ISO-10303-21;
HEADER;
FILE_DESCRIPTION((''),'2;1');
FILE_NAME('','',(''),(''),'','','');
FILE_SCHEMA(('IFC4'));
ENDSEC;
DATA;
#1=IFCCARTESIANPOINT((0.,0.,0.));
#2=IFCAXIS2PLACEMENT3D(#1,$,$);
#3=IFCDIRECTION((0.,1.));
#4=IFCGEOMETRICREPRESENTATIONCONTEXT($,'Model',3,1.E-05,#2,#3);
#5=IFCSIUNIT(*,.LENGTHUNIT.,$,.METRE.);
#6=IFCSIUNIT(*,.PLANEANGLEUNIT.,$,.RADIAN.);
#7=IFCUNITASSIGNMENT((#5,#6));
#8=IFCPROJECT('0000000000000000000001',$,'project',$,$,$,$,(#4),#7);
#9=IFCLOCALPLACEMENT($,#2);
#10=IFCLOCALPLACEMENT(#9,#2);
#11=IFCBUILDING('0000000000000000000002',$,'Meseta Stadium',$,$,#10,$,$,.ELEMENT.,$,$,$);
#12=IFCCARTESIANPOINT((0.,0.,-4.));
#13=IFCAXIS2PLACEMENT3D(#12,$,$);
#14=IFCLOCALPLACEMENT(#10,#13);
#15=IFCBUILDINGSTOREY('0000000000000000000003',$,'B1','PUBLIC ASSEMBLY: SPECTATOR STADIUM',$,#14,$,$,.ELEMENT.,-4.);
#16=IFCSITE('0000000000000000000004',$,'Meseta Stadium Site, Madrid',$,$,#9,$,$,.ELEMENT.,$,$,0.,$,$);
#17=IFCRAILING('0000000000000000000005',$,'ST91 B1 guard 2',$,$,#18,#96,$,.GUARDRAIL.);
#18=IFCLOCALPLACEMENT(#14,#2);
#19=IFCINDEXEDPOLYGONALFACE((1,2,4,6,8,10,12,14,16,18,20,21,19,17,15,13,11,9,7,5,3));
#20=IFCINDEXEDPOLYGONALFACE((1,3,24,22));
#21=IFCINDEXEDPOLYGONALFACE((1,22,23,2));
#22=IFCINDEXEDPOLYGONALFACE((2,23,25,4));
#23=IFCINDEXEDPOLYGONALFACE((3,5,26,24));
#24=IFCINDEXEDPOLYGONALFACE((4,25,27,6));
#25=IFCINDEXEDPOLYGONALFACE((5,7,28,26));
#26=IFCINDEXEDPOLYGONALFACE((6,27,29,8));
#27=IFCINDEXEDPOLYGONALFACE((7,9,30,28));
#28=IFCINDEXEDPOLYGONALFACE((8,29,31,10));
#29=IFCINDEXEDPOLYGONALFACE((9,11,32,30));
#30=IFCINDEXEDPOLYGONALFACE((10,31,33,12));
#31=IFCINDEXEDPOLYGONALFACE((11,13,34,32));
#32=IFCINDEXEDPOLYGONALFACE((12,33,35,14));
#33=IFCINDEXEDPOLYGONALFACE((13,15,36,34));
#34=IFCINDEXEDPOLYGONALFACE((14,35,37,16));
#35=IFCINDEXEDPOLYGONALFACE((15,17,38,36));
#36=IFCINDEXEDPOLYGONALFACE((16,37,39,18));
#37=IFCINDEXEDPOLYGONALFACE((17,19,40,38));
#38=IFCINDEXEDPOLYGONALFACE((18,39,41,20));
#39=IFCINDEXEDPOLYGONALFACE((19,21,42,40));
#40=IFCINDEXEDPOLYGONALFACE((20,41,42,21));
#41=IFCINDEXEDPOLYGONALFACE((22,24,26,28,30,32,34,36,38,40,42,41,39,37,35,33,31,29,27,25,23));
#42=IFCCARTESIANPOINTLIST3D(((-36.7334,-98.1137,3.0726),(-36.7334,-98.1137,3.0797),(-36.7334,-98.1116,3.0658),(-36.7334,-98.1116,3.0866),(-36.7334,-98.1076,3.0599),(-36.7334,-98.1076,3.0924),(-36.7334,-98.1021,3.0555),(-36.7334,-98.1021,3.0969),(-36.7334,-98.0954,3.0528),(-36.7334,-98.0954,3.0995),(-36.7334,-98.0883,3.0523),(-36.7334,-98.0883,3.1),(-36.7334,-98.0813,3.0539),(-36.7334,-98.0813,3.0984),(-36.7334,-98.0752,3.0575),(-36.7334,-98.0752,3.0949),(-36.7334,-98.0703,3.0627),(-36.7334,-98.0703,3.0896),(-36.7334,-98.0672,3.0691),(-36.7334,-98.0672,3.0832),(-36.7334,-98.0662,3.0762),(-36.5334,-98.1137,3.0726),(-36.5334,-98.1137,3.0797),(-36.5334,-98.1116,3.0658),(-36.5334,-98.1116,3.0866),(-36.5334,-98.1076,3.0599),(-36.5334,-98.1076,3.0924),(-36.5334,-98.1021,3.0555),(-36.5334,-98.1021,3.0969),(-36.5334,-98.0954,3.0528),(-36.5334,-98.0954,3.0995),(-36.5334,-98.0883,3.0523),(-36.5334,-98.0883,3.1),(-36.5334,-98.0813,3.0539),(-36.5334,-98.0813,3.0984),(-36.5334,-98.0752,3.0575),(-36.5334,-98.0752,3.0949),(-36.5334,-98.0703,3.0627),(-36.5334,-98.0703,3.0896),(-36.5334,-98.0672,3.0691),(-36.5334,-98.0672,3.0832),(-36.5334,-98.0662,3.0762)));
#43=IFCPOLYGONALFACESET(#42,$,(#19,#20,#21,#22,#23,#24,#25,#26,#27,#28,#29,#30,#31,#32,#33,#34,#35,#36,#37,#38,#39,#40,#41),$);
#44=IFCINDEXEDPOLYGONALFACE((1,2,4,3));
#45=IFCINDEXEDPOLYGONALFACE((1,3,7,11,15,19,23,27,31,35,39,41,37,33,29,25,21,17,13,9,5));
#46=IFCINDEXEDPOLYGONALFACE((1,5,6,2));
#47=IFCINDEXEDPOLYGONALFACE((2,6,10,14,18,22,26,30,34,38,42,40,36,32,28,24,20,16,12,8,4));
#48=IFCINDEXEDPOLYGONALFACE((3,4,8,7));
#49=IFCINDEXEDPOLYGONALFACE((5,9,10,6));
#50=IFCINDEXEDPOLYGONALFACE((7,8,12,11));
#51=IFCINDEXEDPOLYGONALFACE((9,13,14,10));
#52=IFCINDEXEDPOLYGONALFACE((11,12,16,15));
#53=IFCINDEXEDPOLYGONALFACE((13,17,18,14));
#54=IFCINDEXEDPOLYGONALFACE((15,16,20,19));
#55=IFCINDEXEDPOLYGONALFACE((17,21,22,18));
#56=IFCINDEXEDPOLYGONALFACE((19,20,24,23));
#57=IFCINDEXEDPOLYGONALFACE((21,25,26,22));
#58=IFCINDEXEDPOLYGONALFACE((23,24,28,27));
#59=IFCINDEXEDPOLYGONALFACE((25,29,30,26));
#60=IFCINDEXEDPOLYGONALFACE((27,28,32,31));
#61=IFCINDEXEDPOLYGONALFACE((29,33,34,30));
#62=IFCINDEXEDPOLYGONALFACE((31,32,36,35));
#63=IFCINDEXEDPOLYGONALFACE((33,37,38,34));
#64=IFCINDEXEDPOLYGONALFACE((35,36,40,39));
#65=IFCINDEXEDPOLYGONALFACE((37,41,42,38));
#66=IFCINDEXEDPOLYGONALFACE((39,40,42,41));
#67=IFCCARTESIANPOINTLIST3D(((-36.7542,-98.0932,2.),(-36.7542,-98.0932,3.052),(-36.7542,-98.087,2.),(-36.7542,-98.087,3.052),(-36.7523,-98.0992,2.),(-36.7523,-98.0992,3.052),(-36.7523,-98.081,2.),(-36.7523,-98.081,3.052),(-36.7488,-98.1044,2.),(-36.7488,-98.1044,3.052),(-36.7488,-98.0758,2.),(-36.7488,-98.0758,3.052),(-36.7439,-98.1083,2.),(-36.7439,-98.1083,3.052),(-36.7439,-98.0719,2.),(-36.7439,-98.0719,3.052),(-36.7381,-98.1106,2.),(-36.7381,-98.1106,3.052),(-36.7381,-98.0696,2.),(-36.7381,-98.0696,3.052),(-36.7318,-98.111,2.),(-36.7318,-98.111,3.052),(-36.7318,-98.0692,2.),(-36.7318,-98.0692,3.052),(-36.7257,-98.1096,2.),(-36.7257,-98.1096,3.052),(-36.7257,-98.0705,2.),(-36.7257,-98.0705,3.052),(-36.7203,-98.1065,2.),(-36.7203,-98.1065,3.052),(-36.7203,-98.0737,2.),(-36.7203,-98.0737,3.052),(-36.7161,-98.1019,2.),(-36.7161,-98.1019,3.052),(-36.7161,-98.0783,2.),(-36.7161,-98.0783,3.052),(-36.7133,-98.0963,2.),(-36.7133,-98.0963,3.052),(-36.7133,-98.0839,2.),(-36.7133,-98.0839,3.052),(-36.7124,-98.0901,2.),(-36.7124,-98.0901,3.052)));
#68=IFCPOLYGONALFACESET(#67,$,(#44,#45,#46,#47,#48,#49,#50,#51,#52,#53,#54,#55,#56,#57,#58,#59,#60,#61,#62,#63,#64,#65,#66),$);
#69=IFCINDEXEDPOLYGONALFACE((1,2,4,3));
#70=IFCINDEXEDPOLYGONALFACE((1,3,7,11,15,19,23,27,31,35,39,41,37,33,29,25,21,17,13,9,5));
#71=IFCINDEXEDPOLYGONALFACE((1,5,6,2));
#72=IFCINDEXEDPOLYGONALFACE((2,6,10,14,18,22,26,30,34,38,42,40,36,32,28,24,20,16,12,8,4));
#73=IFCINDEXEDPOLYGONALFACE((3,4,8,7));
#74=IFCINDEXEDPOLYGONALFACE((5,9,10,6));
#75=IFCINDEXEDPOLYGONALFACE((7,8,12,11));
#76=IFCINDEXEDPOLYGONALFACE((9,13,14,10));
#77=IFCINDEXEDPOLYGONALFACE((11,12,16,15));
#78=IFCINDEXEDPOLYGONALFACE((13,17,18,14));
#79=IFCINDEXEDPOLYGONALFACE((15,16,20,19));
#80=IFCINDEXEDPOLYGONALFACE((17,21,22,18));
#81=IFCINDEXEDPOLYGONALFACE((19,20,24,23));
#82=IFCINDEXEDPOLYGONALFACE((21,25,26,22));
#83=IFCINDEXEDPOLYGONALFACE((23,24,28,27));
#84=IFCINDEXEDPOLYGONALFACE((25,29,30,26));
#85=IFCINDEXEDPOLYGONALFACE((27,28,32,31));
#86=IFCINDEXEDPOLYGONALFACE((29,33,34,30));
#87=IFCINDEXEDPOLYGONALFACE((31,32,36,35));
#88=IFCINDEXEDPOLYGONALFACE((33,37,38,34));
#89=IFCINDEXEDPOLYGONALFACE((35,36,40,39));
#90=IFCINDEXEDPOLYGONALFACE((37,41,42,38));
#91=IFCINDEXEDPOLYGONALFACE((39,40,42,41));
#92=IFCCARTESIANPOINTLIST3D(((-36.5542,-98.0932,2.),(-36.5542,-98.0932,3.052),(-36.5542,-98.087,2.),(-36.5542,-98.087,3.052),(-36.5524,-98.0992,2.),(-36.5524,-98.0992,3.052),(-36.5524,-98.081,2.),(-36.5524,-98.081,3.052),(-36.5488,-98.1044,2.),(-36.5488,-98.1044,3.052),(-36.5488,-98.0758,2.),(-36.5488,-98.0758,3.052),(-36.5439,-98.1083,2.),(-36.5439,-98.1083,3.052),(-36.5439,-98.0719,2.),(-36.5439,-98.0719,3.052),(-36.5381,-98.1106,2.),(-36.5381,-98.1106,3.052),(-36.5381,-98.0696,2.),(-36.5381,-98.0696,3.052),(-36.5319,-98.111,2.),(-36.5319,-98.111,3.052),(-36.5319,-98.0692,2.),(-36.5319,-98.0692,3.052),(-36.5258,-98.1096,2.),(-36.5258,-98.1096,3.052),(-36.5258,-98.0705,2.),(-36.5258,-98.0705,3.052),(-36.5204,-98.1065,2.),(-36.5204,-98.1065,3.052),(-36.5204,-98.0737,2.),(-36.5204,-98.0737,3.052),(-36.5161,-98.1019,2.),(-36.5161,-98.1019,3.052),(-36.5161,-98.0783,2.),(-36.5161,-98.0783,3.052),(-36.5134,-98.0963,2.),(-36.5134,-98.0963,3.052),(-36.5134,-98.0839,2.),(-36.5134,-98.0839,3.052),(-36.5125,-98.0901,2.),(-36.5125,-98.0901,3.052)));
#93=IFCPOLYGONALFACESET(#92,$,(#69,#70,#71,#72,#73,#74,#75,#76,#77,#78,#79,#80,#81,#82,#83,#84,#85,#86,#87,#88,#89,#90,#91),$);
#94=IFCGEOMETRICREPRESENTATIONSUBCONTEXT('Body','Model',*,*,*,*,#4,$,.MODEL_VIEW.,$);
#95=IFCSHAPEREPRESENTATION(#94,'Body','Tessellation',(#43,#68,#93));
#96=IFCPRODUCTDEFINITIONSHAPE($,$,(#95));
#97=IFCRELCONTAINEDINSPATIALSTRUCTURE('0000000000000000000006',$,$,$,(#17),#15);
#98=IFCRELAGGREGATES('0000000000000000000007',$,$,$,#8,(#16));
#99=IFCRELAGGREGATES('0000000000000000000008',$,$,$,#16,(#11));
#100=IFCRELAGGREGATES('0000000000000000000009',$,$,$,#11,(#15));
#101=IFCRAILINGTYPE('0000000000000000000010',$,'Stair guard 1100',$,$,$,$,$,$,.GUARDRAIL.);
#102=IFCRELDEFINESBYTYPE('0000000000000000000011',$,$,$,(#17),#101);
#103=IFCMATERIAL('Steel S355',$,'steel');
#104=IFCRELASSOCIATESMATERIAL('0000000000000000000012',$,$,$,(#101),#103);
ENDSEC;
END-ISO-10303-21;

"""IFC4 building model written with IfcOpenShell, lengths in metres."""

from ifc_helpers import new_model, si_unit, direction, frame, origin, origin_2d, place, context, subcontext, project, spatial, circle, extrude, material, type_object, element, save


model = new_model("IFC4")

# Units and contexts
model_context = context("Model", 3, precision=1e-05, world=origin(), true_north=direction((0.0, 1.0)))
body_context = subcontext(model_context, "Body", "Model", "MODEL_VIEW")
ifc_project = project(units=[si_unit("LENGTHUNIT", "METRE"), si_unit("PLANEANGLEUNIT", "RADIAN")], contexts=[model_context])

# Site, building, storey
site_placement = place(None, origin())
site = spatial("IfcSite", under=ifc_project, at=site_placement, Name="Meseta Stadium Site, Madrid", CompositionType="ELEMENT", RefElevation=0.0)
building_placement = place(site_placement, origin())
building = spatial("IfcBuilding", under=site, at=building_placement, Name="Meseta Stadium", CompositionType="ELEMENT")
storey_placement = place(building_placement, frame((0.0, 0.0, -4.0)))
storey = spatial("IfcBuildingStorey", under=building, at=storey_placement, Name="B1", Description="PUBLIC ASSEMBLY: SPECTATOR STADIUM", CompositionType="ELEMENT", Elevation=-4.0)

# Railing
ifc_material_1 = material(Name="Steel S355", Category="steel")
railing_type_1 = type_object("IfcRailingType", Name="Stair guard 1100", PredefinedType="GUARDRAIL", material=ifc_material_1)
railing_1_placement = place(storey_placement, frame((-36.7334, -98.0901, 2.0)))
element("IfcRailing", 1, at=railing_1_placement, inside=storey, type_object=railing_type_1, Name="ST91 B1 guard 2", PredefinedType="GUARDRAIL", context=body_context, shape_type="SweptSolid", body=[
    extrude(circle(Radius=0.0239, at=origin_2d()), frame((0.0, 0.0, 1.0762), z_axis=(1.0, 0.0, 0.0), x_axis=(0.0, 1.0, 0.0)), (0.0, 0.0, 1.0), 0.2),
    extrude(circle(Radius=0.021, at=origin_2d()), origin(), (0.0, 0.0, 1.0), 1.052),
    extrude(circle(Radius=0.021, at=origin_2d()), frame((0.2, 0.0, 0.0)), (0.0, 0.0, 1.0), 1.052),
])

save(model, "model.ifc")
